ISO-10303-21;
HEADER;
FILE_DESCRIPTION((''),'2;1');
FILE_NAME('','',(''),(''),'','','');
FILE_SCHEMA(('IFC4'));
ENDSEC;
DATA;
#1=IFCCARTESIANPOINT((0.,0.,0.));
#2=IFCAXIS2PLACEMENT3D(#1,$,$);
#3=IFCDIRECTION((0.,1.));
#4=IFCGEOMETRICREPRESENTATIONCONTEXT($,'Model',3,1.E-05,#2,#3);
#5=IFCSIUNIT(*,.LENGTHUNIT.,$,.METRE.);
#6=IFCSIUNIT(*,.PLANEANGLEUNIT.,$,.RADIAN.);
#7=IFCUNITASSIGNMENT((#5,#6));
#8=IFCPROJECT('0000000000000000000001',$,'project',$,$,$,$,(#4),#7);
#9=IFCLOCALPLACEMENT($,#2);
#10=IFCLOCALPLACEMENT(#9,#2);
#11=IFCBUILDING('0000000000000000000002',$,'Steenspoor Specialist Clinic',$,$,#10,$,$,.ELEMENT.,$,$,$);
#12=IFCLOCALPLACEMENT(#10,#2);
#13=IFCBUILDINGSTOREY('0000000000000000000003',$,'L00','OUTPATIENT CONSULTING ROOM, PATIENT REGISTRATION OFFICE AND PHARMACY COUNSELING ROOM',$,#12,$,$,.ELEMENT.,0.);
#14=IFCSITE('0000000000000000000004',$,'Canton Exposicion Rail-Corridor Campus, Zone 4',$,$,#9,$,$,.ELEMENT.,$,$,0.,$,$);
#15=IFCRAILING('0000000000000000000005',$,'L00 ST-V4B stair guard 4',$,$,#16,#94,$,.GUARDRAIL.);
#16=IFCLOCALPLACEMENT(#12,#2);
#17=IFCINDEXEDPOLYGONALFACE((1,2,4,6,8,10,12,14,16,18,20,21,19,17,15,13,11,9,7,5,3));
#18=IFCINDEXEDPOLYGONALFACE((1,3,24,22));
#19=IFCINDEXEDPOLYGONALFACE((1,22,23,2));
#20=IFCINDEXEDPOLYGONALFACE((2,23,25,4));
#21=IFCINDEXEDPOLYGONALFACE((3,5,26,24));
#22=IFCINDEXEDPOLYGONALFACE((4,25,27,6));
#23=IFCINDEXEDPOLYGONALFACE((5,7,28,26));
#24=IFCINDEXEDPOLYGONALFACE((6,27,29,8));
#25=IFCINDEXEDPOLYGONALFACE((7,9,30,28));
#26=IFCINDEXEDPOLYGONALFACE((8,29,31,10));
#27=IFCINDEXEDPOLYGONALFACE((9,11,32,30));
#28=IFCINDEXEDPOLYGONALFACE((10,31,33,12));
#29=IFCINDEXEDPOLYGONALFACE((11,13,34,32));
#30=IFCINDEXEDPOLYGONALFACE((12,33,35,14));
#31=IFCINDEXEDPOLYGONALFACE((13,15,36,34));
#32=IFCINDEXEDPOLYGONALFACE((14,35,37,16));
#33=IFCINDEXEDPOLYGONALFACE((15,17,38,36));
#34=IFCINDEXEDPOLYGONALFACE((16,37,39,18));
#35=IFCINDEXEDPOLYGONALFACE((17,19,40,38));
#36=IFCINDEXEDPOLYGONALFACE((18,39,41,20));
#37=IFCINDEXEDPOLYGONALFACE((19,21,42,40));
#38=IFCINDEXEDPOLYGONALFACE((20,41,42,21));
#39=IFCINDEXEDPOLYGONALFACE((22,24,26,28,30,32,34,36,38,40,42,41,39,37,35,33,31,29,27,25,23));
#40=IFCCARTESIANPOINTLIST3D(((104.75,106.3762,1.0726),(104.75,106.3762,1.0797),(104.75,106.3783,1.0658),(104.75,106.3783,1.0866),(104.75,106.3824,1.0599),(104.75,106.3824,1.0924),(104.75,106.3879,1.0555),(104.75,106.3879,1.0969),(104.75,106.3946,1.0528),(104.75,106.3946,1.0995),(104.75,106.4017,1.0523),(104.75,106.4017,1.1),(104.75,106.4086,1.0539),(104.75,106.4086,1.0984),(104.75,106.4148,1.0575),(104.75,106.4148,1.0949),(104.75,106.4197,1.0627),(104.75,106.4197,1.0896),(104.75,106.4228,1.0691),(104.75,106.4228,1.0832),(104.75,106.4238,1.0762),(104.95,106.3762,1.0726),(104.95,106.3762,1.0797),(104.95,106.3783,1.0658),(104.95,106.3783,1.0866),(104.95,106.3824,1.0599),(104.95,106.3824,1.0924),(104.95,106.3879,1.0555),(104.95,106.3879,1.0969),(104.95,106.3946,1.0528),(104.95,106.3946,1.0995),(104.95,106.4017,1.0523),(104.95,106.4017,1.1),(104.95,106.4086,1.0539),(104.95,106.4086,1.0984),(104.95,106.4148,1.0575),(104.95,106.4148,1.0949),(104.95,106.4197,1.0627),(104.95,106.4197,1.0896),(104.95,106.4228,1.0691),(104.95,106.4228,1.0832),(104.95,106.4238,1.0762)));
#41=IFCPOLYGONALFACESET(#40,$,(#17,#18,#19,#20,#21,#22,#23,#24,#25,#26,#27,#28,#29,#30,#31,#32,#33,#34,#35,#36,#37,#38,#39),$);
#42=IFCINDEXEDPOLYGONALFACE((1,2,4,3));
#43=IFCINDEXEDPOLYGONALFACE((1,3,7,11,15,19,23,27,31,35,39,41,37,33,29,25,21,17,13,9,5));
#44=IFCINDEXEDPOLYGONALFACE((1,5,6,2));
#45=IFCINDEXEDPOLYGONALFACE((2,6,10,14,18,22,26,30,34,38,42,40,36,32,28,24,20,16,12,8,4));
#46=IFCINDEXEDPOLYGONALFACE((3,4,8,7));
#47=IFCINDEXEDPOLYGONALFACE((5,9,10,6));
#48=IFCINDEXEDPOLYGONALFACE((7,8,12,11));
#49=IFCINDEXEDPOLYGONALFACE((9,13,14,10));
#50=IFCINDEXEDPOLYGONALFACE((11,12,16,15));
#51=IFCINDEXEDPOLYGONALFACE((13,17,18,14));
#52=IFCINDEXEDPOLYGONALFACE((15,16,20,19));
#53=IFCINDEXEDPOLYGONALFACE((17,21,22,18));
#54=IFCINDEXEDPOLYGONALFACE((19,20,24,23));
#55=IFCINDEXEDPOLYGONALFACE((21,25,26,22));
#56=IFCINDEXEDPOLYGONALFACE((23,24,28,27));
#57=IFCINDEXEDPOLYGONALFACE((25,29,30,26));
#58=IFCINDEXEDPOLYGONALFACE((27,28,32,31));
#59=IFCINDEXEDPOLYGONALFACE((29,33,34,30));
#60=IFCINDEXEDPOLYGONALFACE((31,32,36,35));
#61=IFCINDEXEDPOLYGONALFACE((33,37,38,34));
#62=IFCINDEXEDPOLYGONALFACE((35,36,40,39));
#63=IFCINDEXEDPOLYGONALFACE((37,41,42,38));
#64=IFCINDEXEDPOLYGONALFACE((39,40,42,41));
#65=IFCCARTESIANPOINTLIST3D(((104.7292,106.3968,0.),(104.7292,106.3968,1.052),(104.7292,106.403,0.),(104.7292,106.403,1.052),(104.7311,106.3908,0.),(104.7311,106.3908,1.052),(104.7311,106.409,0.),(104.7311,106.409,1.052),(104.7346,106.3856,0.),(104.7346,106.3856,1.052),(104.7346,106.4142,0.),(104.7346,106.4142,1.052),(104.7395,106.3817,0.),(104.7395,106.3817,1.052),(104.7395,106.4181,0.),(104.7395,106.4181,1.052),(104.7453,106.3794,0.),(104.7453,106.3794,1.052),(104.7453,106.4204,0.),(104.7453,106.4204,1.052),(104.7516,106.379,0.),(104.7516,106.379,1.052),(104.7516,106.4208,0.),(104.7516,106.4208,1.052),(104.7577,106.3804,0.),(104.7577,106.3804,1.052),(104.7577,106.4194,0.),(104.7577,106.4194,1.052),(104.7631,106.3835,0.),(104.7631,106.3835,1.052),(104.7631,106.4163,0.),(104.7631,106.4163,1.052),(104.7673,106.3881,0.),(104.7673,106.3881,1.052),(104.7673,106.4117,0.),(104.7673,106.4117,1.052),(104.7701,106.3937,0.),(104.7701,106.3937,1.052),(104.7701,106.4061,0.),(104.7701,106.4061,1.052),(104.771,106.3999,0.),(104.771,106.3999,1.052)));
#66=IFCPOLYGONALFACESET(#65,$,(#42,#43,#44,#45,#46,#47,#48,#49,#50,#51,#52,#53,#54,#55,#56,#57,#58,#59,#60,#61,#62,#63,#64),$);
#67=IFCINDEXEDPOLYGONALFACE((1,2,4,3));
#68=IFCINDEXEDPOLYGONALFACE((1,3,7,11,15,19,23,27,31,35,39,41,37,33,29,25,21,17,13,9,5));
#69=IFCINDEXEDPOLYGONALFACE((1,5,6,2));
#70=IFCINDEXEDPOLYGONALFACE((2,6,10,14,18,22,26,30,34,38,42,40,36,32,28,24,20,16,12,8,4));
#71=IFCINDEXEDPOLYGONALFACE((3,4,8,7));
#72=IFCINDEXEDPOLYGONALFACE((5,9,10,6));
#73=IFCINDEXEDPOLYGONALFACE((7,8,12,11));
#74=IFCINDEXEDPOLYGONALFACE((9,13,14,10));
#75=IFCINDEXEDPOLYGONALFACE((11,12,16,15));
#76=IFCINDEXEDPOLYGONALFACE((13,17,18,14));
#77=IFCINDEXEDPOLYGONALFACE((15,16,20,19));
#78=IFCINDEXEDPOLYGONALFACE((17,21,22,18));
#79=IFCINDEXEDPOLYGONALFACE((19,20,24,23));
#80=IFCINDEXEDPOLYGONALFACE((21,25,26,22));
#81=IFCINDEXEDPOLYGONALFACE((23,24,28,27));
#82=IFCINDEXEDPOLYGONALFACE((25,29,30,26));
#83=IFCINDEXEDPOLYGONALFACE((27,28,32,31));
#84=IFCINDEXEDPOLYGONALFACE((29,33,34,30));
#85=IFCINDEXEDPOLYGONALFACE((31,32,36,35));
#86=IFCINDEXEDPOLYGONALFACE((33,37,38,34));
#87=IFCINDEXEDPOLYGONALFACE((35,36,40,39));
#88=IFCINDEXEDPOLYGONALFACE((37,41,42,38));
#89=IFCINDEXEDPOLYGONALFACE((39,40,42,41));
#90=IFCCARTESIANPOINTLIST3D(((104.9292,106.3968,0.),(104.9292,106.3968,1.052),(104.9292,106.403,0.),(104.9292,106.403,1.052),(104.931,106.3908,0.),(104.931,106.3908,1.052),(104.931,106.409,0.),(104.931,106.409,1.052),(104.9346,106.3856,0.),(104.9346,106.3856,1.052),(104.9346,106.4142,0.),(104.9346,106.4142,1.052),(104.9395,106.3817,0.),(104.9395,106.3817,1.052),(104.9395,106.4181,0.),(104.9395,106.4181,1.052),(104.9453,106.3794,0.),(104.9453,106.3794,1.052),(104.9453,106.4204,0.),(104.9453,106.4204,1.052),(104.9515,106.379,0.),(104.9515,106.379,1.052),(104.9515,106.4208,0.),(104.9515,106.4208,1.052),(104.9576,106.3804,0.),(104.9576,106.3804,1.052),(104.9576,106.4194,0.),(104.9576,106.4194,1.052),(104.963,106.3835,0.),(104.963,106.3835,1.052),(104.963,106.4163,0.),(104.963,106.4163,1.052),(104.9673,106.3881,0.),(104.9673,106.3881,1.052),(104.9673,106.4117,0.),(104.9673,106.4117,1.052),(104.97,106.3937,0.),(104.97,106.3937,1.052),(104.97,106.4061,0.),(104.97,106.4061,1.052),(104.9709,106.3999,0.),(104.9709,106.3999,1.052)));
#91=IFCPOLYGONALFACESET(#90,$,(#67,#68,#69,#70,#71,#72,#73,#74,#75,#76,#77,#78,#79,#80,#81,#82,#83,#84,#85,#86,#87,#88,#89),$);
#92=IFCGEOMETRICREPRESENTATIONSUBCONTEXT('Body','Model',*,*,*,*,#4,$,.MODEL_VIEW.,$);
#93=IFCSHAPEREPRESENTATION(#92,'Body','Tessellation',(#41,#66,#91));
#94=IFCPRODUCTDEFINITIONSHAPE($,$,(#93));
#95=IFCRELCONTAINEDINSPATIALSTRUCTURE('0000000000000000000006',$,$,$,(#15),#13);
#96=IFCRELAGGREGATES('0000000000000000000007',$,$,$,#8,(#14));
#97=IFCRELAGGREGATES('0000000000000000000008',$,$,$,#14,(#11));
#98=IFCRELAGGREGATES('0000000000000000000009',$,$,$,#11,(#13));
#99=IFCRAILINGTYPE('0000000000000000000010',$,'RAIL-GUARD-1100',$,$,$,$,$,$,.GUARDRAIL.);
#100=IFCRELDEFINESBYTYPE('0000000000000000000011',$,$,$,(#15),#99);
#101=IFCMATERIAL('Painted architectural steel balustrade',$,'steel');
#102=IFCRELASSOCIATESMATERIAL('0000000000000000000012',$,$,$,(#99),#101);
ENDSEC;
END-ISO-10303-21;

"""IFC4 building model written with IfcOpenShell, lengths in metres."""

from ifc_helpers import new_model, si_unit, direction, frame, origin, origin_2d, place, context, subcontext, project, spatial, circle, extrude, material, type_object, element, save


model = new_model("IFC4")

# Units and contexts
model_context = context("Model", 3, precision=1e-05, world=origin(), true_north=direction((0.0, 1.0)))
body_context = subcontext(model_context, "Body", "Model", "MODEL_VIEW")
ifc_project = project(units=[si_unit("LENGTHUNIT", "METRE"), si_unit("PLANEANGLEUNIT", "RADIAN")], contexts=[model_context])

# Site, building, storey
site_placement = place(None, origin())
site = spatial("IfcSite", under=ifc_project, at=site_placement, Name="Canton Exposicion Rail-Corridor Campus, Zone 4", CompositionType="ELEMENT", RefElevation=0.0)
building_placement = place(site_placement, origin())
building = spatial("IfcBuilding", under=site, at=building_placement, Name="Steenspoor Specialist Clinic", CompositionType="ELEMENT")
storey_placement = place(building_placement, origin())
storey = spatial("IfcBuildingStorey", under=building, at=storey_placement, Name="L00", Description="OUTPATIENT CONSULTING ROOM, PATIENT REGISTRATION OFFICE AND PHARMACY COUNSELING ROOM", CompositionType="ELEMENT", Elevation=0.0)

# Railing
ifc_material_1 = material(Name="Painted architectural steel balustrade", Category="steel")
railing_type_1 = type_object("IfcRailingType", Name="RAIL-GUARD-1100", PredefinedType="GUARDRAIL", material=ifc_material_1)
railing_1_placement = place(storey_placement, frame((104.75, 106.3999, 0.0)))
element("IfcRailing", 1, at=railing_1_placement, inside=storey, type_object=railing_type_1, Name="L00 ST-V4B stair guard 4", PredefinedType="GUARDRAIL", context=body_context, shape_type="SweptSolid", body=[
    extrude(circle(Radius=0.0239, at=origin_2d()), frame((0.0, 0.0, 1.0762), z_axis=(1.0, 0.0, 0.0), x_axis=(0.0, 1.0, 0.0)), (0.0, 0.0, 1.0), 0.2),
    extrude(circle(Radius=0.021, at=origin_2d()), origin(), (0.0, 0.0, 1.0), 1.052),
    extrude(circle(Radius=0.021, at=origin_2d()), frame((0.2, 0.0, 0.0)), (0.0, 0.0, 1.0), 1.052),
])

save(model, "model.ifc")
